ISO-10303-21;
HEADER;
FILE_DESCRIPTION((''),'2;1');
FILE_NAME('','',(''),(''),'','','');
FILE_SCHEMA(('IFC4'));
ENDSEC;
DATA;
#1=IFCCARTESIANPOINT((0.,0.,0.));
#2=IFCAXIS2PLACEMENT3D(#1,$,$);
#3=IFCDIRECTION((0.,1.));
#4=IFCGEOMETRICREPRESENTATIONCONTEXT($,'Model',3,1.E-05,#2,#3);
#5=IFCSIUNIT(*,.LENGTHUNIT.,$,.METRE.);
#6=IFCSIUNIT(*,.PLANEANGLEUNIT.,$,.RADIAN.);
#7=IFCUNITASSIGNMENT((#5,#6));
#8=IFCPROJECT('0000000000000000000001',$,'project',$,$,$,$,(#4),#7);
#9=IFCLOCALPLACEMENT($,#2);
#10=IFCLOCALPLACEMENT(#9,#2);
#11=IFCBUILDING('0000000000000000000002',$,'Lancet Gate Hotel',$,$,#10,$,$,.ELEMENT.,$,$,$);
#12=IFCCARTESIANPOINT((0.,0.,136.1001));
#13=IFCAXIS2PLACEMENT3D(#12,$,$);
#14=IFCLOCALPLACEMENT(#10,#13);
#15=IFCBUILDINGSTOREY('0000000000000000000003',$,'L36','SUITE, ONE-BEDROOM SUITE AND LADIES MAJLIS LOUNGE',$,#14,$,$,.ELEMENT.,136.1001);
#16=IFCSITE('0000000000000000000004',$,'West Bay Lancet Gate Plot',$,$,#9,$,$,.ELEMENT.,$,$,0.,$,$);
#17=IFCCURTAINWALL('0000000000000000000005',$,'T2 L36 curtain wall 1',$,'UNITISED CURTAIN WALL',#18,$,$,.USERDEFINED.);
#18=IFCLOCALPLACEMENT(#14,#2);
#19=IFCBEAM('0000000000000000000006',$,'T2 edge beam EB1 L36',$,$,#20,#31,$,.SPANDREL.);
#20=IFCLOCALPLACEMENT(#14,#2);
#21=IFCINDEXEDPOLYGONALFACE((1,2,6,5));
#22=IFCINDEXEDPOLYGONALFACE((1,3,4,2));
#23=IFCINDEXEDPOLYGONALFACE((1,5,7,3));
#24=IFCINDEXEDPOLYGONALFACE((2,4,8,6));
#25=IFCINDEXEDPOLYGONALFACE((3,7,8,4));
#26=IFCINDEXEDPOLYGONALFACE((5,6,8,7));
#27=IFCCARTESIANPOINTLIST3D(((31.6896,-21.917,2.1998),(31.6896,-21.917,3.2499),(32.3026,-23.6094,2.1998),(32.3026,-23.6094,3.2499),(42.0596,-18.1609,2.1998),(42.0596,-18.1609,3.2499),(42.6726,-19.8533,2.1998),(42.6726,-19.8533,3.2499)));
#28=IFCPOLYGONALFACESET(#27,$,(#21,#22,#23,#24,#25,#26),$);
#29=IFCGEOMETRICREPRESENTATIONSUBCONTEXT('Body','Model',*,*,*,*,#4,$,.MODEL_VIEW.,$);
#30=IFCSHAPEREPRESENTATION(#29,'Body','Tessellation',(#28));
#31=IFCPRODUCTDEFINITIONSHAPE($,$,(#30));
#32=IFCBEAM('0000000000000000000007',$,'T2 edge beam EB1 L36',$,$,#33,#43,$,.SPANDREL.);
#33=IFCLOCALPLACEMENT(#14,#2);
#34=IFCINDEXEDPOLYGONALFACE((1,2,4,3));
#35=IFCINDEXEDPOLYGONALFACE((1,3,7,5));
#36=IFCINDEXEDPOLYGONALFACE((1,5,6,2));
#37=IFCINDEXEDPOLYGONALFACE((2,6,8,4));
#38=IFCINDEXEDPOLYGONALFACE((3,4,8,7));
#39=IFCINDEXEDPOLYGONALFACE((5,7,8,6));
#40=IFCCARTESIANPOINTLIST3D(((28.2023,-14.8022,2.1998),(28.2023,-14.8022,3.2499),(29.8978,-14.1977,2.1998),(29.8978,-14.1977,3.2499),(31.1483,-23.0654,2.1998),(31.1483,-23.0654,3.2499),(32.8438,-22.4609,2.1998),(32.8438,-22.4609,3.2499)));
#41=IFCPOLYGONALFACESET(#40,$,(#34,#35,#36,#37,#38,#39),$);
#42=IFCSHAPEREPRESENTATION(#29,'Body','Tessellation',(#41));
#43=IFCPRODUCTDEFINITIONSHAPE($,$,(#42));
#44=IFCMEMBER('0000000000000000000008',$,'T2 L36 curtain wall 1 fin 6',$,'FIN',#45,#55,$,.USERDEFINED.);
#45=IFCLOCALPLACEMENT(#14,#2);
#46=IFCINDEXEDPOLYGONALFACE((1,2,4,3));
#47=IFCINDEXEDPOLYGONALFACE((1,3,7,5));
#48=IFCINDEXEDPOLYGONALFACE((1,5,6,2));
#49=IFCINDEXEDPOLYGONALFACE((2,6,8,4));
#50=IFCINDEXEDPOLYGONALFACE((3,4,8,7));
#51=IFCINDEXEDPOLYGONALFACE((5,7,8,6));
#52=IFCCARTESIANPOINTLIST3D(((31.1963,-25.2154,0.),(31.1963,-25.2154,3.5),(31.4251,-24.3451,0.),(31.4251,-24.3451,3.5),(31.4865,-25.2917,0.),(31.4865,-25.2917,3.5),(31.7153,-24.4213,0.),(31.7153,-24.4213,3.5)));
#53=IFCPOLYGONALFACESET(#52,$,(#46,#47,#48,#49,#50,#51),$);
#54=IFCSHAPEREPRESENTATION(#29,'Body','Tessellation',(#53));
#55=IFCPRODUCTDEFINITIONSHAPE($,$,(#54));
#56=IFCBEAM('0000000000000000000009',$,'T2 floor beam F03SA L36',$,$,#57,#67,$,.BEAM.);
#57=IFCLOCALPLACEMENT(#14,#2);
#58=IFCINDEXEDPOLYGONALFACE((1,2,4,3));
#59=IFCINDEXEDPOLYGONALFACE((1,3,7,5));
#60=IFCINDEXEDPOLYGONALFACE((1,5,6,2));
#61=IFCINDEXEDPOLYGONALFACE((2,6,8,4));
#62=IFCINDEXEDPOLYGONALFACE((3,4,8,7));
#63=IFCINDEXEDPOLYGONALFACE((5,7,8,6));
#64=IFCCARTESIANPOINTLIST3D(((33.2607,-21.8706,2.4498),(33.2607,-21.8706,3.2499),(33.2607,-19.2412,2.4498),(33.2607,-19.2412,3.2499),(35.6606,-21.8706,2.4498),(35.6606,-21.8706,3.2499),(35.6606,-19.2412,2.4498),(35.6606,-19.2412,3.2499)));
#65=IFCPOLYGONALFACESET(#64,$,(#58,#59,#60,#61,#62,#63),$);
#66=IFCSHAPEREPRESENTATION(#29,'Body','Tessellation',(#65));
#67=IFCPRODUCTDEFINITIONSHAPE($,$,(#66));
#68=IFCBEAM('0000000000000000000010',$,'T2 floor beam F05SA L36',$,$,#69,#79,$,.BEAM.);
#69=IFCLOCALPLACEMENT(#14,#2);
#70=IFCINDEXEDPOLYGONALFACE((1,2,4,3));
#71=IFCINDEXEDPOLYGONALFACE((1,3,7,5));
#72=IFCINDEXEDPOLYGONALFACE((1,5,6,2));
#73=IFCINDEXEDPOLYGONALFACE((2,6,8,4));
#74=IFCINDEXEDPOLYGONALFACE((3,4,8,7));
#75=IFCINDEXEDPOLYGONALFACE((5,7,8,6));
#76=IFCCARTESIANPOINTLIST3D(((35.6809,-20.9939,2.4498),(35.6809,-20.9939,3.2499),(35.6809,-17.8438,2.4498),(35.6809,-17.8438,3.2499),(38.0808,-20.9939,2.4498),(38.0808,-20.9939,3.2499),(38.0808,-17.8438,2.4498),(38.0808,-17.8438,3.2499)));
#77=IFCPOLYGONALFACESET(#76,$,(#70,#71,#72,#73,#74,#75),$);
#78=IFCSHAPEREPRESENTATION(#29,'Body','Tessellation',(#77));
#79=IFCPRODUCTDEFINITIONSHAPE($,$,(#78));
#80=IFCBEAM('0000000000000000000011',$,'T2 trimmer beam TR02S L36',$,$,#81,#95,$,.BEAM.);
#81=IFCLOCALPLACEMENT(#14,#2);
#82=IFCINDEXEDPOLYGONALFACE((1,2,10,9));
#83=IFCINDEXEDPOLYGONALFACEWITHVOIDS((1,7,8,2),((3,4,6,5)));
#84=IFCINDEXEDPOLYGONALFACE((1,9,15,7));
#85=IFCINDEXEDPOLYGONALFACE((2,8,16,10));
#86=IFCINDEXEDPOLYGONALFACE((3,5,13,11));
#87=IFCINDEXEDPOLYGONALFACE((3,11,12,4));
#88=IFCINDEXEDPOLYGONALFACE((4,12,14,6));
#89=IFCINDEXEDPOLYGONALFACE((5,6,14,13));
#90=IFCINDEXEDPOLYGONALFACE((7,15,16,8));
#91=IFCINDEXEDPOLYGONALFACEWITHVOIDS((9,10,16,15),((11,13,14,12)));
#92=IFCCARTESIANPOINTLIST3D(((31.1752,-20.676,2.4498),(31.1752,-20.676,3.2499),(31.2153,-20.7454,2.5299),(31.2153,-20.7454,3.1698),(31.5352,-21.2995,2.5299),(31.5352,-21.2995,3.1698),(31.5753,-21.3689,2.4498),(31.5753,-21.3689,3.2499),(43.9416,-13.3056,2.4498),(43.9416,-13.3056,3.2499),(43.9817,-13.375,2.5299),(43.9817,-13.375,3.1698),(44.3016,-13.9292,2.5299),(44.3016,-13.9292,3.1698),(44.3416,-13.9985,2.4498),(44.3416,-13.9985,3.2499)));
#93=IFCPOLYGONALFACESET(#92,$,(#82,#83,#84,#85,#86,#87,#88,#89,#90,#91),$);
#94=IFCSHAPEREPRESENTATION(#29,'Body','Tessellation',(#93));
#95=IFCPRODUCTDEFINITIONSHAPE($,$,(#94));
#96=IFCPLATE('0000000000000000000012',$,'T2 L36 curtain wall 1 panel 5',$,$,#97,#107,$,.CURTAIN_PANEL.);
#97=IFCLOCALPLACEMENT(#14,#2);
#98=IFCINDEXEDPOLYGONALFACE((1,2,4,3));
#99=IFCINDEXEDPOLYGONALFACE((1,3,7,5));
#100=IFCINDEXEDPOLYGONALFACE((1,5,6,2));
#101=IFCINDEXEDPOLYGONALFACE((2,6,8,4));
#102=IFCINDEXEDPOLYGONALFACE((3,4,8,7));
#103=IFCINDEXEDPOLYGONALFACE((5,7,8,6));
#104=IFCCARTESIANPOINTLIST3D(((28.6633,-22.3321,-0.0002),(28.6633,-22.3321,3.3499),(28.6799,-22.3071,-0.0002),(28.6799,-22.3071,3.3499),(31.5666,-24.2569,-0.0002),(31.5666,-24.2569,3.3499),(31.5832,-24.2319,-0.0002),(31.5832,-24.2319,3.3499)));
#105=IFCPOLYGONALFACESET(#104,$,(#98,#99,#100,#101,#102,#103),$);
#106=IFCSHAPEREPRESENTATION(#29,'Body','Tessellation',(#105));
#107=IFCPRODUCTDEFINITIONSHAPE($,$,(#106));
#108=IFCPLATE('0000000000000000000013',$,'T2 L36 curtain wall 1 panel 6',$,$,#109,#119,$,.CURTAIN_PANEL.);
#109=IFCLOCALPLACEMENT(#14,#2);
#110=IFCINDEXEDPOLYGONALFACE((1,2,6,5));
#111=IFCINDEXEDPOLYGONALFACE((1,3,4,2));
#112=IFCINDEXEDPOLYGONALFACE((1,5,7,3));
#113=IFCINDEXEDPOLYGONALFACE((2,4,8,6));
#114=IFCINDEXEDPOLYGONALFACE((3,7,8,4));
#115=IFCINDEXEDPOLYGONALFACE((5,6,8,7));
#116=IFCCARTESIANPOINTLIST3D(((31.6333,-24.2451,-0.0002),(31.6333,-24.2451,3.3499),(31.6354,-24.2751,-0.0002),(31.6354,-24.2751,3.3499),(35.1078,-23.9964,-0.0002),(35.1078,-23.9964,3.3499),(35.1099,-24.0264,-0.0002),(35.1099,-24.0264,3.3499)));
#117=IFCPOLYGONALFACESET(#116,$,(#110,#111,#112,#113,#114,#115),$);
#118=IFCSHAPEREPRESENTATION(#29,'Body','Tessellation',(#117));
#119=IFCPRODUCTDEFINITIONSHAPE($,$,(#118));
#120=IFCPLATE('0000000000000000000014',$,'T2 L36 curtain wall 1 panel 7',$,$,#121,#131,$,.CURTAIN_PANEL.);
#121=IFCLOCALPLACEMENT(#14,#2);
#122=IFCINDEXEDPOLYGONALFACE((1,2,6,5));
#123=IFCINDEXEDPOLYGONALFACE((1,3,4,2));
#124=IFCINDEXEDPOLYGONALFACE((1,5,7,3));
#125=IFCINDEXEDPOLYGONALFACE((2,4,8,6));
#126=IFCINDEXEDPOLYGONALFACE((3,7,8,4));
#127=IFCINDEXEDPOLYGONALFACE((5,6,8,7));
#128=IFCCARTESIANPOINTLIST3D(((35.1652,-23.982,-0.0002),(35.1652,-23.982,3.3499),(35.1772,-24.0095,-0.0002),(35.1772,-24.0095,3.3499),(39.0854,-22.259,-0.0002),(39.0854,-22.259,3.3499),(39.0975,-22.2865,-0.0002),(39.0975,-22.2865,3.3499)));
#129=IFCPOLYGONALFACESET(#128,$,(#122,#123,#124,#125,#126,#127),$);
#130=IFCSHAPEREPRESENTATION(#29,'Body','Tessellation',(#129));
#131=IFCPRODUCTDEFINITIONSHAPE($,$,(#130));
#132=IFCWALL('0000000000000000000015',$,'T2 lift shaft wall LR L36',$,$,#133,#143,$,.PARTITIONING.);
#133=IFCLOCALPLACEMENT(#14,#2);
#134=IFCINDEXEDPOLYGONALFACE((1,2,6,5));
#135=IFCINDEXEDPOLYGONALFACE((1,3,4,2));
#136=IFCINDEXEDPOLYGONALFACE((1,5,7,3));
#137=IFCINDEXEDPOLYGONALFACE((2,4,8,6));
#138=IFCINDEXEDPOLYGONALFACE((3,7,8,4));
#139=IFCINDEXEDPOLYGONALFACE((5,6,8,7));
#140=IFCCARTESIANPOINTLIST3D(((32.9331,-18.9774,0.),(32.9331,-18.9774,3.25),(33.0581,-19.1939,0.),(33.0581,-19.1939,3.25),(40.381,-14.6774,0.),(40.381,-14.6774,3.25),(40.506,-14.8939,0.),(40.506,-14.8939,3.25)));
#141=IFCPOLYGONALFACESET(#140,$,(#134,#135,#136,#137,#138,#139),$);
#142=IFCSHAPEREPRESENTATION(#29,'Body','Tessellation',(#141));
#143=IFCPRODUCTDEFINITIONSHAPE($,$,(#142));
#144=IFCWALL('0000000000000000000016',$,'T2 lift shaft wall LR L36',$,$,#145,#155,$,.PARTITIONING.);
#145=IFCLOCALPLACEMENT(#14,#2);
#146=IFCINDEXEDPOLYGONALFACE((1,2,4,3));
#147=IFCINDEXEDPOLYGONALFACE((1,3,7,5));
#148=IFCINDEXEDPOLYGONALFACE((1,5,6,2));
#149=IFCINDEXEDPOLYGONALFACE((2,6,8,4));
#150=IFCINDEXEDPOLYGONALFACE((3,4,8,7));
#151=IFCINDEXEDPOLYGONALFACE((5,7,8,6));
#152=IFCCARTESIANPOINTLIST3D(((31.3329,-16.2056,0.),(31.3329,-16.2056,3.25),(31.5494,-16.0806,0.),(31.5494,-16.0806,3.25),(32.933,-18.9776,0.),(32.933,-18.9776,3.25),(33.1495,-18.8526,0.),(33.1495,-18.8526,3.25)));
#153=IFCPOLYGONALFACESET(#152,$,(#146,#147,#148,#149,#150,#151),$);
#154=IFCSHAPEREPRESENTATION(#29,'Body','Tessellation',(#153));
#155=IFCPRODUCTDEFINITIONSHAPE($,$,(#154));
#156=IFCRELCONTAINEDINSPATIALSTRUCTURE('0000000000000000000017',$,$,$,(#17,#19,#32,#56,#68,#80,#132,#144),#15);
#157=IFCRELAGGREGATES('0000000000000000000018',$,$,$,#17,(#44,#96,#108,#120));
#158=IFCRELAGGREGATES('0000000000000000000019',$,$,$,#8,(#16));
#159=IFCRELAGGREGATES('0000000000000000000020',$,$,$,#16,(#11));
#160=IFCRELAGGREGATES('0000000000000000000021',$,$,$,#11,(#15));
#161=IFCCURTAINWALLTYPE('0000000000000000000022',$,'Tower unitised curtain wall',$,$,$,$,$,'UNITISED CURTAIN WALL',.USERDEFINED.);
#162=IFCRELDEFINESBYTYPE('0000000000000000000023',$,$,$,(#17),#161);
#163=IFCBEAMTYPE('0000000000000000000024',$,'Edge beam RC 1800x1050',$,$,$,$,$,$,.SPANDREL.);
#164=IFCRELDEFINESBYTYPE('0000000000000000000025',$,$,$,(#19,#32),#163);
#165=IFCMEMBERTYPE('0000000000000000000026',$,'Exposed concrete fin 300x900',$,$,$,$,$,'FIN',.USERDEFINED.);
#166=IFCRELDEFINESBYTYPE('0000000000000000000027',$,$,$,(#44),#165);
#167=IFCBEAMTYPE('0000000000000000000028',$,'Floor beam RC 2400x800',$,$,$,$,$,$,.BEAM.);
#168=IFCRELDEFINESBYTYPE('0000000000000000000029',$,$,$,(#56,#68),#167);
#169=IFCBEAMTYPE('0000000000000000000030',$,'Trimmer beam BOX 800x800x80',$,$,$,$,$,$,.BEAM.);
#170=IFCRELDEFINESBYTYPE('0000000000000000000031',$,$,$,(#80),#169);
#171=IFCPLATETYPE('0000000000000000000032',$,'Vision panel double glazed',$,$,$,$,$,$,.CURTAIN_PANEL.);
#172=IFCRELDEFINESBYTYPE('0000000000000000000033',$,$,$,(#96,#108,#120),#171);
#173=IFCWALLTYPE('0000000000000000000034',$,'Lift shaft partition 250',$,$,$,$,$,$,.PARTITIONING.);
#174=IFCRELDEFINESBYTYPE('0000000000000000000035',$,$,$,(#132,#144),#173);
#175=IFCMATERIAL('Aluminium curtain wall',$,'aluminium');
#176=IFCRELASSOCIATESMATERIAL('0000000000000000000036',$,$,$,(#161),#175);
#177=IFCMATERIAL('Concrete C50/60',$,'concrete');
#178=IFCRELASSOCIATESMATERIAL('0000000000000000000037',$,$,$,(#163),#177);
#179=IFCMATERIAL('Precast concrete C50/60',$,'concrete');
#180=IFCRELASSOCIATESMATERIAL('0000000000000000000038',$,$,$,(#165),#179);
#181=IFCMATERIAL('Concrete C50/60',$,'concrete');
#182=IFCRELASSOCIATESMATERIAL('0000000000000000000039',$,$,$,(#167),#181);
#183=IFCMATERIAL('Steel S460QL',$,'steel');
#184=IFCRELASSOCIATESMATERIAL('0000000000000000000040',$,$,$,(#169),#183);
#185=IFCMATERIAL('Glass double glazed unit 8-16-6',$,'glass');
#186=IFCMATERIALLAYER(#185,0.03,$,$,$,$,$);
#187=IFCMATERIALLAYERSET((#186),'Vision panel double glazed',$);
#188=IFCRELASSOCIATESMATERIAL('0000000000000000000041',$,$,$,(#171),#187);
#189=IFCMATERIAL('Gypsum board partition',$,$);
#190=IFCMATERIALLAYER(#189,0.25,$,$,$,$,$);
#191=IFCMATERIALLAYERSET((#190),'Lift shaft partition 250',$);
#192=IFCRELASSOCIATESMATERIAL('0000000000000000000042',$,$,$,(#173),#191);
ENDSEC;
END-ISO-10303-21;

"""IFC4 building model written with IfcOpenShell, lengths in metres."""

from ifc_helpers import new_model, si_unit, direction, frame, frame_2d, origin, origin_2d, place, context, subcontext, project, spatial, rectangle, hollow_rectangle, extrude, material, layer, layer_set, material_profile, profile_set, type_object, element, aggregate, save


model = new_model("IFC4")

# Units and contexts
model_context = context("Model", 3, precision=1e-05, world=origin(), true_north=direction((0.0, 1.0)))
body_context = subcontext(model_context, "Body", "Model", "MODEL_VIEW")
ifc_project = project(units=[si_unit("LENGTHUNIT", "METRE"), si_unit("PLANEANGLEUNIT", "RADIAN")], contexts=[model_context])

# Site, building, storey
site_placement = place(None, origin())
site = spatial("IfcSite", under=ifc_project, at=site_placement, Name="West Bay Lancet Gate Plot", CompositionType="ELEMENT", RefElevation=0.0)
building_placement = place(site_placement, origin())
building = spatial("IfcBuilding", under=site, at=building_placement, Name="Lancet Gate Hotel", CompositionType="ELEMENT")
storey_placement = place(building_placement, frame((0.0, 0.0, 136.1001)))
storey = spatial("IfcBuildingStorey", under=building, at=storey_placement, Name="L36", Description="SUITE, ONE-BEDROOM SUITE AND LADIES MAJLIS LOUNGE", CompositionType="ELEMENT", Elevation=136.1001)

# Curtain wall
ifc_material_1 = material(Name="Aluminium curtain wall", Category="aluminium")
curtain_wall_type = type_object("IfcCurtainWallType", Name="Tower unitised curtain wall", ElementType="UNITISED CURTAIN WALL", PredefinedType="USERDEFINED", material=ifc_material_1)
curtain_wall_placement = place(storey_placement, origin())
curtain_wall = element("IfcCurtainWall", 1, at=curtain_wall_placement, inside=storey, type_object=curtain_wall_type, Name="T2 L36 curtain wall 1", ObjectType="UNITISED CURTAIN WALL", PredefinedType="USERDEFINED")

# Beams
ifc_material_2 = material(Name="Concrete C50/60", Category="concrete")
ifc_material_profile_1 = material_profile(ifc_material_2, rectangle(XDim=1.8, YDim=1.05, at=origin_2d()), Name="RC 1800x1050")
ifc_profile_set_1 = profile_set([ifc_material_profile_1], Name="Concrete C50/60")
beam_type_1 = type_object("IfcBeamType", Name="Edge beam RC 1800x1050", PredefinedType="SPANDREL", material=ifc_profile_set_1)
beam_1_placement = place(storey_placement, frame((31.9961, -22.7632, 2.7249), z_axis=(0.940225, 0.340554, 0.0), x_axis=(-0.340554, 0.940225, 0.0)))
element("IfcBeam", 2, at=beam_1_placement, inside=storey, type_object=beam_type_1, Name="T2 edge beam EB1 L36", PredefinedType="SPANDREL", context=body_context, shape_type="SweptSolid", body=[
    extrude(rectangle(XDim=1.8, YDim=1.05, at=origin_2d()), origin(), (0.0, 0.0, 1.0), 11.0293),
])
beam_2_placement = place(storey_placement, frame((31.9961, -22.7632, 2.7249), z_axis=(-0.335822, 0.941926, 0.0), x_axis=(-0.941926, -0.335822, 0.0)))
element("IfcBeam", 3, at=beam_2_placement, inside=storey, type_object=beam_type_1, Name="T2 edge beam EB1 L36", PredefinedType="SPANDREL", context=body_context, shape_type="SweptSolid", body=[
    extrude(rectangle(XDim=1.8, YDim=1.05, at=origin_2d()), origin(), (0.0, 0.0, 1.0), 8.7727),
])

# Member
ifc_material_3 = material(Name="Precast concrete C50/60", Category="concrete")
ifc_material_profile_2 = material_profile(ifc_material_3, rectangle(XDim=0.3, YDim=0.8999, at=origin_2d()), Name="FIN 300x900")
ifc_profile_set_2 = profile_set([ifc_material_profile_2], Name="Precast concrete C50/60")
member_type_1 = type_object("IfcMemberType", Name="Exposed concrete fin 300x900", ElementType="FIN", PredefinedType="USERDEFINED", material=ifc_profile_set_2)
member_1_placement = place(storey_placement, frame((31.4558, -24.8184, 0.0), z_axis=(0.0, 0.0, 1.0), x_axis=(0.967157, -0.254179, 0.0)))
member_1 = element("IfcMember", 4, at=member_1_placement, type_object=member_type_1, Name="T2 L36 curtain wall 1 fin 6", ObjectType="FIN", PredefinedType="USERDEFINED", context=body_context, shape_type="SweptSolid", body=[
    extrude(rectangle(XDim=0.3, YDim=0.8999, at=origin_2d()), origin(), (0.0, 0.0, 1.0), 3.5),
])

# Beams
ifc_material_4 = material(Name="Concrete C50/60", Category="concrete")
ifc_material_profile_3 = material_profile(ifc_material_4, rectangle(XDim=2.3999, YDim=0.8, at=origin_2d()), Name="RC 2400x800")
ifc_profile_set_3 = profile_set([ifc_material_profile_3], Name="Concrete C50/60")
beam_type_2 = type_object("IfcBeamType", Name="Floor beam RC 2400x800", PredefinedType="BEAM", material=ifc_profile_set_3)
beam_3_placement = place(storey_placement, frame((34.4607, -21.8706, 2.8499), z_axis=(0.0, 1.0, 0.0), x_axis=(-1.0, 0.0, 0.0)))
element("IfcBeam", 5, at=beam_3_placement, inside=storey, type_object=beam_type_2, Name="T2 floor beam F03SA L36", PredefinedType="BEAM", context=body_context, shape_type="SweptSolid", body=[
    extrude(rectangle(XDim=2.3999, YDim=0.8, at=origin_2d()), origin(), (0.0, 0.0, 1.0), 2.6294),
])
beam_4_placement = place(storey_placement, frame((36.8809, -20.9939, 2.8499), z_axis=(0.0, 1.0, 0.0), x_axis=(-1.0, 0.0, 0.0)))
element("IfcBeam", 6, at=beam_4_placement, inside=storey, type_object=beam_type_2, Name="T2 floor beam F05SA L36", PredefinedType="BEAM", context=body_context, shape_type="SweptSolid", body=[
    extrude(rectangle(XDim=2.3999, YDim=0.8, at=origin_2d()), origin(), (0.0, 0.0, 1.0), 3.1501),
])
ifc_material_5 = material(Name="Steel S460QL", Category="steel")
ifc_material_profile_4 = material_profile(ifc_material_5, hollow_rectangle(XDim=0.8, YDim=0.8, WallThickness=0.0801, at=origin_2d()), Name="BOX 800x800x80")
ifc_profile_set_4 = profile_set([ifc_material_profile_4], Name="Steel S460QL")
beam_type_3 = type_object("IfcBeamType", Name="Trimmer beam BOX 800x800x80", PredefinedType="BEAM", material=ifc_profile_set_4)
beam_5_placement = place(storey_placement, frame((31.3752, -21.0225, 2.8499), z_axis=(0.866034, 0.499985, 0.0), x_axis=(-0.499985, 0.866034, 0.0)))
element("IfcBeam", 7, at=beam_5_placement, inside=storey, type_object=beam_type_3, Name="T2 trimmer beam TR02S L36", PredefinedType="BEAM", context=body_context, shape_type="SweptSolid", body=[
    extrude(hollow_rectangle(XDim=0.8, YDim=0.8, WallThickness=0.0801, at=origin_2d()), origin(), (0.0, 0.0, 1.0), 14.7412),
])

# Plates
ifc_material_6 = material(Name="Glass double glazed unit 8-16-6", Category="glass")
ifc_layer_1 = layer(ifc_material_6, 0.03)
ifc_layer_set_1 = layer_set([ifc_layer_1], Name="Vision panel double glazed")
plate_type = type_object("IfcPlateType", Name="Vision panel double glazed", PredefinedType="CURTAIN_PANEL", material=ifc_layer_set_1)
plate_1_placement = place(storey_placement, frame((30.1233, -23.282, -0.0002), z_axis=(0.0, 0.0, 1.0), x_axis=(0.833465, -0.552573, 0.0)))
plate_1 = element("IfcPlate", 8, at=plate_1_placement, type_object=plate_type, Name="T2 L36 curtain wall 1 panel 5", PredefinedType="CURTAIN_PANEL", context=body_context, shape_type="SweptSolid", body=[
    extrude(rectangle(XDim=3.4834, YDim=0.03, at=origin_2d()), origin(), (0.0, 0.0, 1.0), 3.3501),
])
plate_2_placement = place(storey_placement, frame((33.3716, -24.1357, -0.0002), z_axis=(0.0, 0.0, 1.0), x_axis=(0.997448, 0.07139, 0.0)))
plate_2 = element("IfcPlate", 9, at=plate_2_placement, type_object=plate_type, Name="T2 L36 curtain wall 1 panel 6", PredefinedType="CURTAIN_PANEL", context=body_context, shape_type="SweptSolid", body=[
    extrude(rectangle(XDim=3.4834, YDim=0.03, at=origin_2d()), origin(), (0.0, 0.0, 1.0), 3.3501),
])
plate_3_placement = place(storey_placement, frame((37.1313, -23.1343, -0.0002), z_axis=(0.0, 0.0, 1.0), x_axis=(0.915479, 0.402367, 0.0)))
plate_3 = element("IfcPlate", 10, at=plate_3_placement, type_object=plate_type, Name="T2 L36 curtain wall 1 panel 7", PredefinedType="CURTAIN_PANEL", context=body_context, shape_type="SweptSolid", body=[
    extrude(rectangle(XDim=4.2822, YDim=0.03, at=origin_2d()), origin(), (0.0, 0.0, 1.0), 3.3501),
])
aggregate(curtain_wall, [member_1, plate_1, plate_2, plate_3])

# Walls
ifc_material_7 = material(Name="Gypsum board partition")
ifc_layer_2 = layer(ifc_material_7, 0.25)
ifc_layer_set_2 = layer_set([ifc_layer_2], Name="Lift shaft partition 250")
wall_type = type_object("IfcWallType", Name="Lift shaft partition 250", PredefinedType="PARTITIONING", material=ifc_layer_set_2)
wall_1_placement = place(storey_placement, frame((32.9956, -19.0857, 0.0), z_axis=(0.0, 0.0, 1.0), x_axis=(0.866028, 0.499995, 0.0)))
element("IfcWall", 11, at=wall_1_placement, inside=storey, type_object=wall_type, Name="T2 lift shaft wall LR L36", PredefinedType="PARTITIONING", context=body_context, shape_type="SweptSolid", body=[
    extrude(rectangle(XDim=8.6001, YDim=0.25, at=frame_2d((4.3, 0.0))), origin(), (0.0, 0.0, 1.0), 3.25),
])
wall_2_placement = place(storey_placement, frame((31.4412, -16.1431, 0.0), z_axis=(0.0, 0.0, 1.0), x_axis=(0.499929, -0.866066, 0.0)))
element("IfcWall", 12, at=wall_2_placement, inside=storey, type_object=wall_type, Name="T2 lift shaft wall LR L36", PredefinedType="PARTITIONING", context=body_context, shape_type="SweptSolid", body=[
    extrude(rectangle(XDim=3.2007, YDim=0.25, at=frame_2d((1.6003, 0.0))), origin(), (0.0, 0.0, 1.0), 3.25),
])

save(model, "model.ifc")
